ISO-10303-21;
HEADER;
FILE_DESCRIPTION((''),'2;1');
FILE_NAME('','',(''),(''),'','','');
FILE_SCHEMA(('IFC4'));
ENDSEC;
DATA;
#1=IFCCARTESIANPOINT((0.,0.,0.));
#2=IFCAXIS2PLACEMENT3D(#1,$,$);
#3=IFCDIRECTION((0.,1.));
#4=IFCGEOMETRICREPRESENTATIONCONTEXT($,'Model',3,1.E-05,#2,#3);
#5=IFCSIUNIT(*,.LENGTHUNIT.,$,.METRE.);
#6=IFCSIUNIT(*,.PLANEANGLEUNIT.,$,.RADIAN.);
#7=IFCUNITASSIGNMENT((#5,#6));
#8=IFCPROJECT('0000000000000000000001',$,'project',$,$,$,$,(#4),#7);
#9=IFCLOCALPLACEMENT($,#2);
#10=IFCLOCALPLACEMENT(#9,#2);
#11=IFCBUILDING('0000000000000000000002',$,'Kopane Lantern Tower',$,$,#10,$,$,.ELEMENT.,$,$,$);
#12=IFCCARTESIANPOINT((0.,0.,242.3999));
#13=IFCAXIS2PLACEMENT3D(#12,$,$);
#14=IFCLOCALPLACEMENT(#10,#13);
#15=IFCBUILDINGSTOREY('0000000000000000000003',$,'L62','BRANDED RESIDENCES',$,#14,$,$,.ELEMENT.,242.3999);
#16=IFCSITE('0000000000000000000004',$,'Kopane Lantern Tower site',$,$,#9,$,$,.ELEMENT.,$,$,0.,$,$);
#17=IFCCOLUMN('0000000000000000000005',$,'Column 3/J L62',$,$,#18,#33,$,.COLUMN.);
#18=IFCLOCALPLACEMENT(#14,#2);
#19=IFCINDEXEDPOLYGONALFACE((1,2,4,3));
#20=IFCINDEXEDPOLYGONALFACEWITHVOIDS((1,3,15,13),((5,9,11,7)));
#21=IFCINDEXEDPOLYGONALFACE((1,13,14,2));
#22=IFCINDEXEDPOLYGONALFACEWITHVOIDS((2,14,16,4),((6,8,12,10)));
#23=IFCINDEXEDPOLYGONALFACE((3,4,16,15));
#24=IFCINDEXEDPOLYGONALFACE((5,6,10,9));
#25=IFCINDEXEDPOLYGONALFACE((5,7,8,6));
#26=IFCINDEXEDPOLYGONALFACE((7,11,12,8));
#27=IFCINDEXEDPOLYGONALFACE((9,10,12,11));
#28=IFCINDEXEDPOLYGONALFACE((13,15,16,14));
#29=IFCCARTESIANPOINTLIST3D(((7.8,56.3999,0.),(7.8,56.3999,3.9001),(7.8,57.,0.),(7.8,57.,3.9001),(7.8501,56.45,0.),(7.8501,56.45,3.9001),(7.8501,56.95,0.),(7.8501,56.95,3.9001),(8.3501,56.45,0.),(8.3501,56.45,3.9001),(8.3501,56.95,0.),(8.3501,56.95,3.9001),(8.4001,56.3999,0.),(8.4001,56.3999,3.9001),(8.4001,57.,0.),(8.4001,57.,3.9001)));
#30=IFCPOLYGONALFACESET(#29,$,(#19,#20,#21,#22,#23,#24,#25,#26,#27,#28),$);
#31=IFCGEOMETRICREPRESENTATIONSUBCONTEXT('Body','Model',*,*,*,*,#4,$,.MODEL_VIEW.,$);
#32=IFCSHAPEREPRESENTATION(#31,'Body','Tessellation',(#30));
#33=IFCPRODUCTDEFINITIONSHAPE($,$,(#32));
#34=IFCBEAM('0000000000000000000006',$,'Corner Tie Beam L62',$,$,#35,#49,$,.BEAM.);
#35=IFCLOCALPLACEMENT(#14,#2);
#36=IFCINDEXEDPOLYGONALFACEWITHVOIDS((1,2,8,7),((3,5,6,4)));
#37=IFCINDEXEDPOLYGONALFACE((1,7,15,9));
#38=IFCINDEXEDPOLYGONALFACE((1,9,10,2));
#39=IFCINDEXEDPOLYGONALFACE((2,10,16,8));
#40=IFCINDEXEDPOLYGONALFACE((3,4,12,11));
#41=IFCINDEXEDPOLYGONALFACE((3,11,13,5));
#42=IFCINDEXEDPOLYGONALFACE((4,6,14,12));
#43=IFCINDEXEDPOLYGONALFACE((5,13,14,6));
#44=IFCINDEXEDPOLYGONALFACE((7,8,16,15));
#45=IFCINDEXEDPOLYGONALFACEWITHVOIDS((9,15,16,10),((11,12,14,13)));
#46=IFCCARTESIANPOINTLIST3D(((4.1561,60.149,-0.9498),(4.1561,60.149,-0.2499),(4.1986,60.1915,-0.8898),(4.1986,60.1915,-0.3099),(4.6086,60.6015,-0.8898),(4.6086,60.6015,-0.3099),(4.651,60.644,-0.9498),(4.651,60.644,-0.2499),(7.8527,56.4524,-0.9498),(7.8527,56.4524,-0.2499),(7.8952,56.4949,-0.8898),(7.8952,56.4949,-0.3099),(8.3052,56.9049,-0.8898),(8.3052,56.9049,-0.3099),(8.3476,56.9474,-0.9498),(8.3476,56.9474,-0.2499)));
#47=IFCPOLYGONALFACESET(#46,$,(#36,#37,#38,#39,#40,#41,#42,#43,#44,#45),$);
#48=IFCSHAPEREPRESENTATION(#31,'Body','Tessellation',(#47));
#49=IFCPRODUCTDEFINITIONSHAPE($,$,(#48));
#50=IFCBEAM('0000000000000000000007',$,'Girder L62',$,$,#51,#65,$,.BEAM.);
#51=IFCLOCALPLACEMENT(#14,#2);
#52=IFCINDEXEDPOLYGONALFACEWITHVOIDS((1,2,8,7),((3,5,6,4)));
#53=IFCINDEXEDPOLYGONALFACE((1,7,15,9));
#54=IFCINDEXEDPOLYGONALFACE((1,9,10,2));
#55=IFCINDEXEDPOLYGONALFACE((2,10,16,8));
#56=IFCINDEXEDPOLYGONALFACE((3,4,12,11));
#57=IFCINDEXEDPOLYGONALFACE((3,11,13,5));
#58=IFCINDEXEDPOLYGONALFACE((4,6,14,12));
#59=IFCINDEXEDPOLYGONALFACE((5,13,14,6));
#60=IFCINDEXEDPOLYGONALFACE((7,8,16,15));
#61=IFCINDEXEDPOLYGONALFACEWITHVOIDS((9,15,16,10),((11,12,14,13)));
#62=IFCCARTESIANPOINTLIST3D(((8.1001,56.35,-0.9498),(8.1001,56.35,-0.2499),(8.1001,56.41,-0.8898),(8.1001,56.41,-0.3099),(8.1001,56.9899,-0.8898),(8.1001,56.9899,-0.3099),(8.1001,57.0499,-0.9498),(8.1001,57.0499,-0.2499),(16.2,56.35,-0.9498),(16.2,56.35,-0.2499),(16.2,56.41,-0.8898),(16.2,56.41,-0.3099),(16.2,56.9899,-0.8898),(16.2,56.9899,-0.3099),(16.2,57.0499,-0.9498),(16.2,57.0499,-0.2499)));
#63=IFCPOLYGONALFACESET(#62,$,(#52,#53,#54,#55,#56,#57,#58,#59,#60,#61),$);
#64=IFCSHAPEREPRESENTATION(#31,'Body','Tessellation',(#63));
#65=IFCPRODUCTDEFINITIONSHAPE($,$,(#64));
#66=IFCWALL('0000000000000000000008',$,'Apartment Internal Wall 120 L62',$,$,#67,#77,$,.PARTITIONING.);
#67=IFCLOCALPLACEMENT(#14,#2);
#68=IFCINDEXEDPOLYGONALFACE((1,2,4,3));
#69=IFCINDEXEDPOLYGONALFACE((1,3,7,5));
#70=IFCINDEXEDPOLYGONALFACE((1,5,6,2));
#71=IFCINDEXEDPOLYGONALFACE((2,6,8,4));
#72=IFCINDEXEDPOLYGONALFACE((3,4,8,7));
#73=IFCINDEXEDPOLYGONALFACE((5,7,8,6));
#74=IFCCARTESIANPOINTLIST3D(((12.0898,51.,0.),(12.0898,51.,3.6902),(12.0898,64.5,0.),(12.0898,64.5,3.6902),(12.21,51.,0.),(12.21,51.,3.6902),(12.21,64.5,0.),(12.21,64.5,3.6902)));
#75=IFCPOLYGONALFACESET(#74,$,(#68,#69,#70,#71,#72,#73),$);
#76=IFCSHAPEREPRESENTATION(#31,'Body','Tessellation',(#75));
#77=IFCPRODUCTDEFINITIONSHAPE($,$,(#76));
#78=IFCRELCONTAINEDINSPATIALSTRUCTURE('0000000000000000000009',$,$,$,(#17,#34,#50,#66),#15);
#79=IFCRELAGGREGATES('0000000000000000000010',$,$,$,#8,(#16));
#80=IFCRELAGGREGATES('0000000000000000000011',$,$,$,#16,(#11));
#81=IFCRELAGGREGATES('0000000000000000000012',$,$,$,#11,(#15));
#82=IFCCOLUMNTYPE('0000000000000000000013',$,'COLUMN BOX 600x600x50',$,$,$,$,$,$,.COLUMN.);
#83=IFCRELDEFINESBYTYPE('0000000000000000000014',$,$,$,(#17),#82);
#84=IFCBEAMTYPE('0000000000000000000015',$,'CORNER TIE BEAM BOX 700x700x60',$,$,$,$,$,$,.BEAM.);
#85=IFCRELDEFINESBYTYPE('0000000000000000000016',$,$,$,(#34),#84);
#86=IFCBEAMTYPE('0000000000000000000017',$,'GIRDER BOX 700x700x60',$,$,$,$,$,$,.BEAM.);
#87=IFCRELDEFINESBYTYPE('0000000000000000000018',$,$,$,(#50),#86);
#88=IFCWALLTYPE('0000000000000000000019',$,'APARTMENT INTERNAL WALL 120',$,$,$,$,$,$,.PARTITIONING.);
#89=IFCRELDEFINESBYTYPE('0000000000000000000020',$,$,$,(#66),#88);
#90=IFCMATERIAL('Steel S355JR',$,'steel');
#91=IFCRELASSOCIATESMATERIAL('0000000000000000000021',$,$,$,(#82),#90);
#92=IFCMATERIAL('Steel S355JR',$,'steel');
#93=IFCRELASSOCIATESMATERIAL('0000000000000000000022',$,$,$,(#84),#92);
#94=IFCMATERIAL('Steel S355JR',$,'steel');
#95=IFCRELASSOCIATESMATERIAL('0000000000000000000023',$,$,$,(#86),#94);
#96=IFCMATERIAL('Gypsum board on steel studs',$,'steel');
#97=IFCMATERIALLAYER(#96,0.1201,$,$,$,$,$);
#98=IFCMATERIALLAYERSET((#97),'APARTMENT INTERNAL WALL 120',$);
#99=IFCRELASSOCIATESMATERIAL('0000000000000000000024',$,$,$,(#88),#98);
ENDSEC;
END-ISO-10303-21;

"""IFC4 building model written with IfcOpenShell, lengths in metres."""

from ifc_helpers import new_model, si_unit, direction, frame, frame_2d, origin, origin_2d, place, context, subcontext, project, spatial, rectangle, hollow_rectangle, extrude, material, layer, layer_set, material_profile, profile_set, type_object, element, save


model = new_model("IFC4")

# Units and contexts
model_context = context("Model", 3, precision=1e-05, world=origin(), true_north=direction((0.0, 1.0)))
body_context = subcontext(model_context, "Body", "Model", "MODEL_VIEW")
ifc_project = project(units=[si_unit("LENGTHUNIT", "METRE"), si_unit("PLANEANGLEUNIT", "RADIAN")], contexts=[model_context])

# Site, building, storey
site_placement = place(None, origin())
site = spatial("IfcSite", under=ifc_project, at=site_placement, Name="Kopane Lantern Tower site", CompositionType="ELEMENT", RefElevation=0.0)
building_placement = place(site_placement, origin())
building = spatial("IfcBuilding", under=site, at=building_placement, Name="Kopane Lantern Tower", CompositionType="ELEMENT")
storey_placement = place(building_placement, frame((0.0, 0.0, 242.3999)))
storey = spatial("IfcBuildingStorey", under=building, at=storey_placement, Name="L62", Description="BRANDED RESIDENCES", CompositionType="ELEMENT", Elevation=242.3999)

# Column
ifc_material_1 = material(Name="Steel S355JR", Category="steel")
ifc_material_profile_1 = material_profile(ifc_material_1, hollow_rectangle(XDim=0.6001, YDim=0.6001, WallThickness=0.05, at=origin_2d()), Name="BOX 600x600x50")
ifc_profile_set_1 = profile_set([ifc_material_profile_1], Name="Steel S355JR")
column_type = type_object("IfcColumnType", Name="COLUMN BOX 600x600x50", PredefinedType="COLUMN", material=ifc_profile_set_1)
column_placement = place(storey_placement, frame((8.1001, 56.7, 0.0), z_axis=(0.0, 0.0, 1.0), x_axis=(1.0, 0.0, 0.0)))
element("IfcColumn", 1, at=column_placement, inside=storey, type_object=column_type, Name="Column 3/J L62", PredefinedType="COLUMN", context=body_context, shape_type="SweptSolid", body=[
    extrude(hollow_rectangle(XDim=0.6001, YDim=0.6001, WallThickness=0.05, at=origin_2d()), origin(), (0.0, 0.0, 1.0), 3.9001),
])

# Beams
ifc_material_2 = material(Name="Steel S355JR", Category="steel")
ifc_material_profile_2 = material_profile(ifc_material_2, hollow_rectangle(XDim=0.7, YDim=0.7, WallThickness=0.0601, at=origin_2d()), Name="BOX 700x700x60")
ifc_profile_set_2 = profile_set([ifc_material_profile_2], Name="Steel S355JR")
beam_type_1 = type_object("IfcBeamType", Name="CORNER TIE BEAM BOX 700x700x60", PredefinedType="BEAM", material=ifc_profile_set_2)
beam_1_placement = place(storey_placement, frame((4.4036, 60.3965, -0.5999), z_axis=(0.707107, -0.707107, 0.0), x_axis=(0.707107, 0.707107, 0.0)))
element("IfcBeam", 2, at=beam_1_placement, inside=storey, type_object=beam_type_1, Name="Corner Tie Beam L62", PredefinedType="BEAM", context=body_context, shape_type="SweptSolid", body=[
    extrude(hollow_rectangle(XDim=0.7, YDim=0.7, WallThickness=0.0601, at=origin_2d()), origin(), (0.0, 0.0, 1.0), 5.2278),
])
ifc_material_3 = material(Name="Steel S355JR", Category="steel")
ifc_material_profile_3 = material_profile(ifc_material_3, hollow_rectangle(XDim=0.7, YDim=0.7, WallThickness=0.0601, at=origin_2d()), Name="BOX 700x700x60")
ifc_profile_set_3 = profile_set([ifc_material_profile_3], Name="Steel S355JR")
beam_type_2 = type_object("IfcBeamType", Name="GIRDER BOX 700x700x60", PredefinedType="BEAM", material=ifc_profile_set_3)
beam_2_placement = place(storey_placement, frame((8.1001, 56.7, -0.5999), z_axis=(1.0, 0.0, 0.0), x_axis=(0.0, 1.0, 0.0)))
element("IfcBeam", 3, at=beam_2_placement, inside=storey, type_object=beam_type_2, Name="Girder L62", PredefinedType="BEAM", context=body_context, shape_type="SweptSolid", body=[
    extrude(hollow_rectangle(XDim=0.7, YDim=0.7, WallThickness=0.0601, at=origin_2d()), origin(), (0.0, 0.0, 1.0), 8.0999),
])

# Shared definitions
ifc_material_4 = material(Name="Gypsum board on steel studs", Category="steel")
ifc_layer = layer(ifc_material_4, 0.1201)
ifc_layer_set = layer_set([ifc_layer], Name="APARTMENT INTERNAL WALL 120")
wall_type = type_object("IfcWallType", Name="APARTMENT INTERNAL WALL 120", PredefinedType="PARTITIONING", material=ifc_layer_set)

# Wall
wall_1_placement = place(storey_placement, frame((12.1499, 51.0, 0.0), z_axis=(0.0, 0.0, 1.0), x_axis=(0.0, 1.0, 0.0)))
element("IfcWall", 4, at=wall_1_placement, inside=storey, type_object=wall_type, Name="Apartment Internal Wall 120 L62", PredefinedType="PARTITIONING", context=body_context, shape_type="SweptSolid", body=[
    extrude(rectangle(XDim=13.5, YDim=0.1201, at=frame_2d((6.75, 0.0))), origin(), (0.0, 0.0, 1.0), 3.6902),
])

save(model, "model.ifc")
